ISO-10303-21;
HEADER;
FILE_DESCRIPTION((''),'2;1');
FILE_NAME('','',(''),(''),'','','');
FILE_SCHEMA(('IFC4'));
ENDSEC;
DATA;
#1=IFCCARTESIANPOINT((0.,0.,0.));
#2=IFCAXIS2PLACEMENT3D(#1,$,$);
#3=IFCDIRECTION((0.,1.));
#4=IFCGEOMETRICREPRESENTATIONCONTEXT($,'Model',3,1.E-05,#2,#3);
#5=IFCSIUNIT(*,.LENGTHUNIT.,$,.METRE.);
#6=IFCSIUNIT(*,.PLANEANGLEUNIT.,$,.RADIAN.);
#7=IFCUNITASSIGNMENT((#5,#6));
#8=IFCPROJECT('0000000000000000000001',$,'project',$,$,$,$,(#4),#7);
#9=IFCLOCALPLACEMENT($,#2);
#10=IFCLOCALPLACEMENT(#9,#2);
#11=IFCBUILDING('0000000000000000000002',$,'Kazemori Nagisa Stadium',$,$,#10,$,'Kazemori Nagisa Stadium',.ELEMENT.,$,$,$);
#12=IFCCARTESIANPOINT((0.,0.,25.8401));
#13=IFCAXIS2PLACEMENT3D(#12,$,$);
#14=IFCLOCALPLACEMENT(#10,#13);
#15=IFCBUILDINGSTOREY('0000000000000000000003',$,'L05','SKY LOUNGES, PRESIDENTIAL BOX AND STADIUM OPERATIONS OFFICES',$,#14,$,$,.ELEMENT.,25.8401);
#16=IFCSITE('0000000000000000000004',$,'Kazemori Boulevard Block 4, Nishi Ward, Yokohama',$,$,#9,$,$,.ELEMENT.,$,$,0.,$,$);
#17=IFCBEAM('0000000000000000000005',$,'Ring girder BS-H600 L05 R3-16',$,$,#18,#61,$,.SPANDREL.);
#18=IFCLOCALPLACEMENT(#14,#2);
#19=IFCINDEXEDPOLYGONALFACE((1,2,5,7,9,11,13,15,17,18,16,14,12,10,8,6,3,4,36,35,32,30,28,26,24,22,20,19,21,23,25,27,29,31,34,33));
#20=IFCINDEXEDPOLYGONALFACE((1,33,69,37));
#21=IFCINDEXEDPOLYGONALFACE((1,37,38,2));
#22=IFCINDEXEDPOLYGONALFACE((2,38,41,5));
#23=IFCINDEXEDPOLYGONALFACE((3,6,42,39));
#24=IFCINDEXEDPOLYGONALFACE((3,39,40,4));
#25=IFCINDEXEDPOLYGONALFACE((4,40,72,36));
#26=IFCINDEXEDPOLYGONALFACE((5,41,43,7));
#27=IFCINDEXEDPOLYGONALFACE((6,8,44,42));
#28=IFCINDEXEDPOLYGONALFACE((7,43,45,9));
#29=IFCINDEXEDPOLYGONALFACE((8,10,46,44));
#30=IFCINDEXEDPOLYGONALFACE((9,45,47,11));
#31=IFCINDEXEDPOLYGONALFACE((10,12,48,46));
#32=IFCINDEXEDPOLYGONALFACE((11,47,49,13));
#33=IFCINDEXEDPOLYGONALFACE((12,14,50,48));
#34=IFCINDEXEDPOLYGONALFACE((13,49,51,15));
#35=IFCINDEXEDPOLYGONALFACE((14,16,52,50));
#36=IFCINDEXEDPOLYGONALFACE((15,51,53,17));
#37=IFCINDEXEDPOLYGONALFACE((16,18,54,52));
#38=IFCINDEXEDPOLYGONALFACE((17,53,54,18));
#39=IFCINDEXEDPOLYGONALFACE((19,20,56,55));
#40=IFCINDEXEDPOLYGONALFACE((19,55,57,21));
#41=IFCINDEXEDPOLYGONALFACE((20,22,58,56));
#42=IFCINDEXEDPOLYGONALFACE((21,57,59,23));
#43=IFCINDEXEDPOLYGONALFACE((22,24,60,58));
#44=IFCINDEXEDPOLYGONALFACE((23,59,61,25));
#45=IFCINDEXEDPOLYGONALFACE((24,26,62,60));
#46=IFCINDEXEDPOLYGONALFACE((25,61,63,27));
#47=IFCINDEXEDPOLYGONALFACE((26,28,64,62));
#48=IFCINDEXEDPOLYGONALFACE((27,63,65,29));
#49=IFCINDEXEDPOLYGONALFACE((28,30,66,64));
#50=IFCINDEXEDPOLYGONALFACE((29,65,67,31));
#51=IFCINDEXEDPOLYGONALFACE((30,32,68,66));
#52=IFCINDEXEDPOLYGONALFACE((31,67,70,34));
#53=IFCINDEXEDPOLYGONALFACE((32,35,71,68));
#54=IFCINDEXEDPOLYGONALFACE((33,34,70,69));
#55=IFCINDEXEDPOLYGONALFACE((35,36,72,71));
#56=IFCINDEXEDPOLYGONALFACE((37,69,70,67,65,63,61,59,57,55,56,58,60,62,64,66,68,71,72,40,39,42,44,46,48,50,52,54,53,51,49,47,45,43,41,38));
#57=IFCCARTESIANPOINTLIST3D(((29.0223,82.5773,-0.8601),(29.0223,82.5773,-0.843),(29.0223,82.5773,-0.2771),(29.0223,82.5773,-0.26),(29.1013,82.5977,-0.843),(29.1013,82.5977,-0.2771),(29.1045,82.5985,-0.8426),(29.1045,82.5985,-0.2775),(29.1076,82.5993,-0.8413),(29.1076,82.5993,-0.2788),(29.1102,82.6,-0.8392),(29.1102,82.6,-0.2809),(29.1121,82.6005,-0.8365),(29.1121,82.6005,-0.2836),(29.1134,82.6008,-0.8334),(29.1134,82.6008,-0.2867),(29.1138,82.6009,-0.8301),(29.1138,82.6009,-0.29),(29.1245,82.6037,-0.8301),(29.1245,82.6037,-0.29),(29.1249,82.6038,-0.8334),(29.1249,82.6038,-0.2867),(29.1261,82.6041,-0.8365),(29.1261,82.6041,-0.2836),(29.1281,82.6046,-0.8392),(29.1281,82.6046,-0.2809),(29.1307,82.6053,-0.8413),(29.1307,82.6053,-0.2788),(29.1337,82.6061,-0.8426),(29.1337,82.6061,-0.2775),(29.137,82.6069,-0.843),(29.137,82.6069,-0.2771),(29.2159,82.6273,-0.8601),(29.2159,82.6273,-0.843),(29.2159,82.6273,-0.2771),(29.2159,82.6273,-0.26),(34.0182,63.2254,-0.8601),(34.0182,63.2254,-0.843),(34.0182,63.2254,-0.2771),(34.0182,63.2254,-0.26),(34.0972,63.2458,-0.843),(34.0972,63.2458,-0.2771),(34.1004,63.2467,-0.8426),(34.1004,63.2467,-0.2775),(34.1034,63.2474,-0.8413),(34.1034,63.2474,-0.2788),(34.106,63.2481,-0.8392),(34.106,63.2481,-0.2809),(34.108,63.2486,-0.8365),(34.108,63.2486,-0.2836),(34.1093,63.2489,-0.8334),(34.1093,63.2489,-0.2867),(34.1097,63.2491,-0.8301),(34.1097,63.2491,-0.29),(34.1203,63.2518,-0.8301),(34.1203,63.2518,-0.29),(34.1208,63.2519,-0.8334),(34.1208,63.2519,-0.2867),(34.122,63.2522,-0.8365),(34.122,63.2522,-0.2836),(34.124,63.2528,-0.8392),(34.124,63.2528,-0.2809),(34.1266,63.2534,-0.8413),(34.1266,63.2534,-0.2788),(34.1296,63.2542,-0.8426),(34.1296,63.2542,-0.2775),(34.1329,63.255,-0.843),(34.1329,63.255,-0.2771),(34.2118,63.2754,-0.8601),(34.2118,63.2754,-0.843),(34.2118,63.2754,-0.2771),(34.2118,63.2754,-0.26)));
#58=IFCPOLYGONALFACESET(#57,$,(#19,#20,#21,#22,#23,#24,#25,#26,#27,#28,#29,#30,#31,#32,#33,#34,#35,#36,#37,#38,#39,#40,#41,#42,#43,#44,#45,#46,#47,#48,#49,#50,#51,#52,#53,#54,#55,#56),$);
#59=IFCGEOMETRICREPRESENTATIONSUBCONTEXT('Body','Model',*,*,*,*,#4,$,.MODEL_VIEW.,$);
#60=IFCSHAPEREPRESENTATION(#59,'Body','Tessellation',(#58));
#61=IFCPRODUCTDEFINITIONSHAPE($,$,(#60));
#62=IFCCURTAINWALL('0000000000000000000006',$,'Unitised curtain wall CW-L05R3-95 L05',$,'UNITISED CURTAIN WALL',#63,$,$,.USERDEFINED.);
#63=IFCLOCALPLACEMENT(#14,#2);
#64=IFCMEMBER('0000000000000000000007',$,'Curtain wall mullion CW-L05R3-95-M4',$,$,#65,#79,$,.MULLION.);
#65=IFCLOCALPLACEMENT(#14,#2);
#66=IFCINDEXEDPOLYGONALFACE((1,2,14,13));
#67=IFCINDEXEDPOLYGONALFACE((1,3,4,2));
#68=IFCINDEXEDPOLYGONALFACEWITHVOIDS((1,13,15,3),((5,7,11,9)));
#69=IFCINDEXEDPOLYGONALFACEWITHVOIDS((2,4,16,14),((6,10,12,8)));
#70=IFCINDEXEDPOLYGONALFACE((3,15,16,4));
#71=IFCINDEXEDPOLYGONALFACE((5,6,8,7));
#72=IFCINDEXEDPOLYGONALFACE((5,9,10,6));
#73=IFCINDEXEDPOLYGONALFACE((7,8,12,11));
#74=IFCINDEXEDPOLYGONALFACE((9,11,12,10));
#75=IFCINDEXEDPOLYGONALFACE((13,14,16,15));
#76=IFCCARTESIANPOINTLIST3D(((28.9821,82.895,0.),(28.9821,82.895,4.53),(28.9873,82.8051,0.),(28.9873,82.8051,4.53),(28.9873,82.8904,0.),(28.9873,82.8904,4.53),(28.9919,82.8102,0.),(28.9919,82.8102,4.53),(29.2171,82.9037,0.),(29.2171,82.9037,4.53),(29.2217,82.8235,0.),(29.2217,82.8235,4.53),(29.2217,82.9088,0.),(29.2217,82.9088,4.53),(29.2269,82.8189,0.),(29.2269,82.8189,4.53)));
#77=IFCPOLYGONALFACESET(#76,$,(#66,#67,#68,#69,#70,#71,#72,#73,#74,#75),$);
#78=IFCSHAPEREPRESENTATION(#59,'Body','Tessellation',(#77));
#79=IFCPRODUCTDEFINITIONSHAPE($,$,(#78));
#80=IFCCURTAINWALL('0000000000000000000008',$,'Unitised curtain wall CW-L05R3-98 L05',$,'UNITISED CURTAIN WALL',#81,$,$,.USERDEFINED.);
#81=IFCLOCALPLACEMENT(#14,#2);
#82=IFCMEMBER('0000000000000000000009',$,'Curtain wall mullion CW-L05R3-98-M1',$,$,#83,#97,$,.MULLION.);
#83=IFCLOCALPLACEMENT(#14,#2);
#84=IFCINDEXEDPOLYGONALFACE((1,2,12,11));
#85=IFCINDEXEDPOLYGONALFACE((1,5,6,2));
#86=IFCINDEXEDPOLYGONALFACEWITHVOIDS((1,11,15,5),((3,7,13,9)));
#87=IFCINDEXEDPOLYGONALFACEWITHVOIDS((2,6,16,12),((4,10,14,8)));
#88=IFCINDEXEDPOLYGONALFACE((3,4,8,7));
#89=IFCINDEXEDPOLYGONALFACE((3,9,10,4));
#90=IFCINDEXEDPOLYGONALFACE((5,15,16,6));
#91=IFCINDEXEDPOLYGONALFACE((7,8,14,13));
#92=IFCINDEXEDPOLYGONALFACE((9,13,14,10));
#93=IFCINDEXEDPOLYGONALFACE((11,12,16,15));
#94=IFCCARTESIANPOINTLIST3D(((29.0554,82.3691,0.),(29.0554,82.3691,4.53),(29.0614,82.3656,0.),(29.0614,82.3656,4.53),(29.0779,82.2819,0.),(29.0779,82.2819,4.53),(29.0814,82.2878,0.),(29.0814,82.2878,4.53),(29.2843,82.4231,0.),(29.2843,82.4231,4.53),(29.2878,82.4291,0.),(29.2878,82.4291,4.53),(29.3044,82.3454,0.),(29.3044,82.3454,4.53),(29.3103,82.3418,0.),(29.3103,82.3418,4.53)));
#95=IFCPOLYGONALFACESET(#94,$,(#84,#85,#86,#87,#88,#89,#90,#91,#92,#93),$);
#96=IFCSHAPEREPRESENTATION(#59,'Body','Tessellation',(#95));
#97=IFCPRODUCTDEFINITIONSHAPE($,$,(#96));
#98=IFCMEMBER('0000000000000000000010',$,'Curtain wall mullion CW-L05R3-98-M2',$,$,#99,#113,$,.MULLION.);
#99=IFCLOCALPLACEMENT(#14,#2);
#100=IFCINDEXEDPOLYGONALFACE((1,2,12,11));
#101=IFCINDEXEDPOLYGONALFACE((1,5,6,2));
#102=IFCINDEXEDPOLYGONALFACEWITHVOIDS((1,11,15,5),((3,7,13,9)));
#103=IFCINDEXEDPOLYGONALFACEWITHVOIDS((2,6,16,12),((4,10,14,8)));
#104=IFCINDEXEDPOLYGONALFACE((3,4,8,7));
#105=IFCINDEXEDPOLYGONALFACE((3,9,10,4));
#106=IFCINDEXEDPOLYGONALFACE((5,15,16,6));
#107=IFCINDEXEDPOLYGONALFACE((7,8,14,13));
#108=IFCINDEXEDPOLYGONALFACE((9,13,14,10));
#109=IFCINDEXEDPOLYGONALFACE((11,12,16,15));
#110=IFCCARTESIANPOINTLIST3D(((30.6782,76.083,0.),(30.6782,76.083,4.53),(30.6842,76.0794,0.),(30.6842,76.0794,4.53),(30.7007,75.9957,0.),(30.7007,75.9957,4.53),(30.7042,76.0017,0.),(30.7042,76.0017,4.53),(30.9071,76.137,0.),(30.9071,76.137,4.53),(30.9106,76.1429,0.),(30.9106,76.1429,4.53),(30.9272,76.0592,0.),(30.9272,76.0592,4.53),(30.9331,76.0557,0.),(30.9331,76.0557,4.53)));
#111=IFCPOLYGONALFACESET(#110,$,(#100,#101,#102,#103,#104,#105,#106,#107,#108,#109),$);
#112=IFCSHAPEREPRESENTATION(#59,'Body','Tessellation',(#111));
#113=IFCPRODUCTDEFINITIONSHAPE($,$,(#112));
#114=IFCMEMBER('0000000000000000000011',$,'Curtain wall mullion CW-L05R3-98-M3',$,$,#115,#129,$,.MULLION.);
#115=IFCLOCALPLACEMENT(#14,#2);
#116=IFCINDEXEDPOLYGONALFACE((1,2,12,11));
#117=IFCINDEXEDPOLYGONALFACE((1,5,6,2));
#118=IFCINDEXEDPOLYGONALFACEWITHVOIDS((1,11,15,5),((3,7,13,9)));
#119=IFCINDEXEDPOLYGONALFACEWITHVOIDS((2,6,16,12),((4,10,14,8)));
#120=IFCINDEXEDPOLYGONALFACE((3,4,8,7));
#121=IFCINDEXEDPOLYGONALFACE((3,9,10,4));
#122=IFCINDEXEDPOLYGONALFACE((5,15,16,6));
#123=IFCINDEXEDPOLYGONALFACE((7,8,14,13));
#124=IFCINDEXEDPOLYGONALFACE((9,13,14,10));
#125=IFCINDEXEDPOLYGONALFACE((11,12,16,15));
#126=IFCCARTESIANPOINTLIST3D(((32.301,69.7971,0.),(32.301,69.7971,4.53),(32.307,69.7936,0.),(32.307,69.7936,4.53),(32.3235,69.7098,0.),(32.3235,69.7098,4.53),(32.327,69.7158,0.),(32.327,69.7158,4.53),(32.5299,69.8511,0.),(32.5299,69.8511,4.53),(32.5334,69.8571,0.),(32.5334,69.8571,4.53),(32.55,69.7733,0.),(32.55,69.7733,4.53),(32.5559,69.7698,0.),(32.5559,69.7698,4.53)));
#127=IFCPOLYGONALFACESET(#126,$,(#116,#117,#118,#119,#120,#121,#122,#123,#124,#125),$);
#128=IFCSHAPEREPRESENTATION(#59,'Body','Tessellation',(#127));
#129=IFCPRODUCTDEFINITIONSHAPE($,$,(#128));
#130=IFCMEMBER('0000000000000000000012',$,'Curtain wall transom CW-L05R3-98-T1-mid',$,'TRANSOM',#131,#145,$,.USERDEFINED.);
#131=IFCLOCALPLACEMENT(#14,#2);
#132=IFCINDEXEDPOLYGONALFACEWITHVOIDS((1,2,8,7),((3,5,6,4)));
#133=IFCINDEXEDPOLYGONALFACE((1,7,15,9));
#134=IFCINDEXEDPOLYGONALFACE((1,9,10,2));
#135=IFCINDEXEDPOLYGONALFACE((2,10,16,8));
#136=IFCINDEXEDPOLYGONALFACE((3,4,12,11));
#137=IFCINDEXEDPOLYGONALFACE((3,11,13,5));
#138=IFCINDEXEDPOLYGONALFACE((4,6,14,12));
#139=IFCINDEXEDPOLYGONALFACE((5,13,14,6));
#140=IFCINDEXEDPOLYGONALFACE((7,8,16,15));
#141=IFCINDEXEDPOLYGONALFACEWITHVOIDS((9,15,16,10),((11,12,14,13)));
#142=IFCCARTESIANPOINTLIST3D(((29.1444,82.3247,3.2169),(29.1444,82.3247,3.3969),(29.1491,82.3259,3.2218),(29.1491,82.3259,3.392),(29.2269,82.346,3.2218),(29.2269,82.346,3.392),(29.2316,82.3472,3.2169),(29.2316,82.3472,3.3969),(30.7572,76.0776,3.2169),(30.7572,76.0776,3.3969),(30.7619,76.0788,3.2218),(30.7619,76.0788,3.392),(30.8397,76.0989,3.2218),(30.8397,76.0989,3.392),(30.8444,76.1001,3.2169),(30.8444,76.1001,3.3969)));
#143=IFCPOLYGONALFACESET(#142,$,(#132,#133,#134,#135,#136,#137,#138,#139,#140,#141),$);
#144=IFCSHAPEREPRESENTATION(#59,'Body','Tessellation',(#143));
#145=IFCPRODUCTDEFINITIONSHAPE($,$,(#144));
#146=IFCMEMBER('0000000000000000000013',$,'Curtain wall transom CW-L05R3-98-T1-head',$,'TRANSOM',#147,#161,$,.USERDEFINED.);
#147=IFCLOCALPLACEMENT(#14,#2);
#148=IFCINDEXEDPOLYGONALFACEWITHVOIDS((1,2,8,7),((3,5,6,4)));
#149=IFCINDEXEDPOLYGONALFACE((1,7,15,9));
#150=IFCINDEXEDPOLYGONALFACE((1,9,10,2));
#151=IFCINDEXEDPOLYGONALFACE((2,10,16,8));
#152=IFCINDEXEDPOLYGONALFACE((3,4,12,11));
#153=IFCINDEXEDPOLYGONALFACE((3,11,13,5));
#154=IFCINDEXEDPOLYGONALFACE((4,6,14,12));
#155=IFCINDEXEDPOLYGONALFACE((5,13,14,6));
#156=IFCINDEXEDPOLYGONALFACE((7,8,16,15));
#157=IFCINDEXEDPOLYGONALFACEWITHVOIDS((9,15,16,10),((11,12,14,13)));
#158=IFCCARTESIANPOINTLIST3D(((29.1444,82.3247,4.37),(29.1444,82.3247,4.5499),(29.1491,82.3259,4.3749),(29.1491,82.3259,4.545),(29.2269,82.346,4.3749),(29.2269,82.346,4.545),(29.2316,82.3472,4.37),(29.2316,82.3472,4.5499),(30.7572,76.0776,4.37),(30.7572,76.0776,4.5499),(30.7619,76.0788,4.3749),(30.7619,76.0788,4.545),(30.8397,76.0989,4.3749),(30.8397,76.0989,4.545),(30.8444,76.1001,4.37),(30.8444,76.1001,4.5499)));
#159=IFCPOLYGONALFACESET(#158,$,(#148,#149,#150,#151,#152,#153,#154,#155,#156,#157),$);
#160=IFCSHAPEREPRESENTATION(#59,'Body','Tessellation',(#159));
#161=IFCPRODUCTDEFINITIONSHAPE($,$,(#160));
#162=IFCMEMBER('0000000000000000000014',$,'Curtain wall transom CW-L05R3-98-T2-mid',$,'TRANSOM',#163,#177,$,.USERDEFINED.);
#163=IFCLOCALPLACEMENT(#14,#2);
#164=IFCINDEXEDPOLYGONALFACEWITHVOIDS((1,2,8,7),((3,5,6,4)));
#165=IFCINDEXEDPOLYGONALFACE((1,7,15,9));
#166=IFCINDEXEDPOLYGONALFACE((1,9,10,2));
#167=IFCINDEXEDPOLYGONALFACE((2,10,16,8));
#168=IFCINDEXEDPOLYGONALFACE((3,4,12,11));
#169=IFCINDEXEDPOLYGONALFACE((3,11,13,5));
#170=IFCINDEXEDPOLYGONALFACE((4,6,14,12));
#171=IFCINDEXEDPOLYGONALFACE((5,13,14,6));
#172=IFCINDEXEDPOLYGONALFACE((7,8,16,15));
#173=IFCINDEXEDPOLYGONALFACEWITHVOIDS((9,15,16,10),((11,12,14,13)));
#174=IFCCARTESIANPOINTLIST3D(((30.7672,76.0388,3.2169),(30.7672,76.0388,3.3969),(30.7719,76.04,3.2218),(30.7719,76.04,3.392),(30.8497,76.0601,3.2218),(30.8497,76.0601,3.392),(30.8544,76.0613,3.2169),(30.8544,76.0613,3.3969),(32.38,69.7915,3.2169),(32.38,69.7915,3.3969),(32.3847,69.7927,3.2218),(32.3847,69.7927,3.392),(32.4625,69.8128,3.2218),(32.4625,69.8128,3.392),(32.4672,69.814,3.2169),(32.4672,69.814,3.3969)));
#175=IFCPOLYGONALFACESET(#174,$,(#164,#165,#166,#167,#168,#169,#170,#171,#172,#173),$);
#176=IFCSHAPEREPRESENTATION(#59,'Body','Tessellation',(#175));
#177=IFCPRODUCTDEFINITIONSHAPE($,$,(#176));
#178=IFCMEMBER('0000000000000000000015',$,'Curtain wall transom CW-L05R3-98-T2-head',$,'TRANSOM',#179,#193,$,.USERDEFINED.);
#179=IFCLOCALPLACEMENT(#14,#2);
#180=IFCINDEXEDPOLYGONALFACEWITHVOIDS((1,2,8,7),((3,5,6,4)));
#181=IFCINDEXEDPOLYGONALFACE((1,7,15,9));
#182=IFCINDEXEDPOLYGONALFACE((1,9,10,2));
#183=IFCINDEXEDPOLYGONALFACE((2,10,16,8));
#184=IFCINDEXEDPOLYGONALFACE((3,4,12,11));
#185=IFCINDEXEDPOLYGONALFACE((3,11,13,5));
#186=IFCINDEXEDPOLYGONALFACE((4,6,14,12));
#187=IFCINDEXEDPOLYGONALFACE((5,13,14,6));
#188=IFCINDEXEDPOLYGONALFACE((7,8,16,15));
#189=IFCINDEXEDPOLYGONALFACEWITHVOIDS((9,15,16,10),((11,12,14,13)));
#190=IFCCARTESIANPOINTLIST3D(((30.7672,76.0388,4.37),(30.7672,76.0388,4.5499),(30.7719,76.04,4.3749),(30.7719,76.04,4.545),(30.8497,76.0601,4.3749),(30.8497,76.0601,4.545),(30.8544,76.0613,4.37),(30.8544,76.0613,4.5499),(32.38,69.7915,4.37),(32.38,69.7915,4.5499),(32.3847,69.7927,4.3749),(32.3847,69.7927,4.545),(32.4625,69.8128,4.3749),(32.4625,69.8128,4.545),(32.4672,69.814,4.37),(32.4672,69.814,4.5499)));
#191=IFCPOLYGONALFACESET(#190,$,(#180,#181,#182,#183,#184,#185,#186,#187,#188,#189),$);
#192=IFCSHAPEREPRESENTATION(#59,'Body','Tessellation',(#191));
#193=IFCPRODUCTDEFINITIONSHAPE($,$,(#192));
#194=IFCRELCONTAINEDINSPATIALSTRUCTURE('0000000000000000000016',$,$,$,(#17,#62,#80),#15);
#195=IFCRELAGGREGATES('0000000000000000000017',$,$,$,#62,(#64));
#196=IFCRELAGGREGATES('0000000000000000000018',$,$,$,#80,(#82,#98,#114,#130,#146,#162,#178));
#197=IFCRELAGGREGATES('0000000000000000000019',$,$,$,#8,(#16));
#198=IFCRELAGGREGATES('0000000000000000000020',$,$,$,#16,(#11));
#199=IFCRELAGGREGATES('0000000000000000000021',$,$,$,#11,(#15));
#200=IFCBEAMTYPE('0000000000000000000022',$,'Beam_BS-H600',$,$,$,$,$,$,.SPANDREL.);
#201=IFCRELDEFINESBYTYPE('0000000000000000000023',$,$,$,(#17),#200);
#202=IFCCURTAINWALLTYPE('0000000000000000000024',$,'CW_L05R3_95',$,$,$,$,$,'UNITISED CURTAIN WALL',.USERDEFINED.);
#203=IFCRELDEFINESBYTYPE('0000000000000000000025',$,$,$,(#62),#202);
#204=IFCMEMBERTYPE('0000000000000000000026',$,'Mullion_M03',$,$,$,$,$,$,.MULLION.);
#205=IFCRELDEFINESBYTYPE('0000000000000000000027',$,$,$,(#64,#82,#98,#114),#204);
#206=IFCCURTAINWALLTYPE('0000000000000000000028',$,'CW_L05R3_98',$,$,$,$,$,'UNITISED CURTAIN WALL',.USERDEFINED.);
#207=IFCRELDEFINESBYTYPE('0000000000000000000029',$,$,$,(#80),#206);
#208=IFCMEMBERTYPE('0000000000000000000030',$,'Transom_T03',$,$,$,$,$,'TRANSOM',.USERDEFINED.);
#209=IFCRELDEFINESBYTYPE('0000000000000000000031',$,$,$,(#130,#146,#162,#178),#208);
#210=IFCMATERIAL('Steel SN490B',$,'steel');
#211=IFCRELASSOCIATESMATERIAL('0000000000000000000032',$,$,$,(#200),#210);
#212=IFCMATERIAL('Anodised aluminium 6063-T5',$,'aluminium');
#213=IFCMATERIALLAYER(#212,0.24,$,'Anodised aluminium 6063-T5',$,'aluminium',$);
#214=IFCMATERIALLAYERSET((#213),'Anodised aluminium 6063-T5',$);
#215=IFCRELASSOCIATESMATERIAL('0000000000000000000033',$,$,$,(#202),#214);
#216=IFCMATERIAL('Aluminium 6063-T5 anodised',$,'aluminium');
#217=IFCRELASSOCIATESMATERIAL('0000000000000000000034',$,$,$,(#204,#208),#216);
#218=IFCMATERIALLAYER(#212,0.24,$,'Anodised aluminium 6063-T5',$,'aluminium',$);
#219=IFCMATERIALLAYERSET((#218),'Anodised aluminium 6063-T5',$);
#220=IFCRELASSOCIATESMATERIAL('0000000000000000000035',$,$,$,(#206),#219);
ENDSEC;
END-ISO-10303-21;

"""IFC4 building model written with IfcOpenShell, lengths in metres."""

from ifc_helpers import new_model, si_unit, direction, frame, origin, origin_2d, place, context, subcontext, project, spatial, hollow_rectangle, i_section, extrude, material, layer, layer_set, material_profile, profile_set, type_object, element, aggregate, save


model = new_model("IFC4")

# Units and contexts
model_context = context("Model", 3, precision=1e-05, world=origin(), true_north=direction((0.0, 1.0)))
body_context = subcontext(model_context, "Body", "Model", "MODEL_VIEW")
ifc_project = project(units=[si_unit("LENGTHUNIT", "METRE"), si_unit("PLANEANGLEUNIT", "RADIAN")], contexts=[model_context])

# Site, building, storey
site_placement = place(None, origin())
site = spatial("IfcSite", under=ifc_project, at=site_placement, Name="Kazemori Boulevard Block 4, Nishi Ward, Yokohama", CompositionType="ELEMENT", RefElevation=0.0)
building_placement = place(site_placement, origin())
building = spatial("IfcBuilding", under=site, at=building_placement, Name="Kazemori Nagisa Stadium", LongName="Kazemori Nagisa Stadium", CompositionType="ELEMENT")
storey_placement = place(building_placement, frame((0.0, 0.0, 25.8401)))
storey = spatial("IfcBuildingStorey", under=building, at=storey_placement, Name="L05", Description="SKY LOUNGES, PRESIDENTIAL BOX AND STADIUM OPERATIONS OFFICES", CompositionType="ELEMENT", Elevation=25.8401)

# Beam
ifc_material_1 = material(Name="Steel SN490B", Category="steel")
ifc_material_profile_1 = material_profile(ifc_material_1, i_section(OverallWidth=0.2, OverallDepth=0.6001, WebThickness=0.011, FlangeThickness=0.0171, FilletRadius=0.0129, at=origin_2d()), Name="H-600x200x11x17")
ifc_profile_set_1 = profile_set([ifc_material_profile_1], Name="Steel SN490B")
beam_type_1 = type_object("IfcBeamType", Name="Beam_BS-H600", PredefinedType="SPANDREL", material=ifc_profile_set_1)
beam_1_placement = place(storey_placement, frame((29.1191, 82.6023, -0.5601), z_axis=(0.249964, -0.968255, 0.0), x_axis=(0.968255, 0.249964, 0.0)))
element("IfcBeam", 1, at=beam_1_placement, inside=storey, type_object=beam_type_1, Name="Ring girder BS-H600 L05 R3-16", PredefinedType="SPANDREL", context=body_context, shape_type="SweptSolid", body=[
    extrude(i_section(OverallWidth=0.2, OverallDepth=0.6001, WebThickness=0.011, FlangeThickness=0.0171, FilletRadius=0.0129, at=origin_2d()), origin(), (0.0, 0.0, 1.0), 19.9863),
])

# Curtain wall, member
ifc_material_2 = material(Name="Anodised aluminium 6063-T5", Category="aluminium")
ifc_layer_1 = layer(ifc_material_2, 0.24, Name="Anodised aluminium 6063-T5", Category="aluminium")
ifc_layer_set_1 = layer_set([ifc_layer_1], Name="Anodised aluminium 6063-T5")
curtain_wall_type_1 = type_object("IfcCurtainWallType", Name="CW_L05R3_95", ElementType="UNITISED CURTAIN WALL", PredefinedType="USERDEFINED", material=ifc_layer_set_1)
curtain_wall_1_placement = place(storey_placement, origin())
curtain_wall_1 = element("IfcCurtainWall", 2, at=curtain_wall_1_placement, inside=storey, type_object=curtain_wall_type_1, Name="Unitised curtain wall CW-L05R3-95 L05", ObjectType="UNITISED CURTAIN WALL", PredefinedType="USERDEFINED")
ifc_material_3 = material(Name="Aluminium 6063-T5 anodised", Category="aluminium")
ifc_material_profile_2 = material_profile(ifc_material_3, hollow_rectangle(XDim=0.0901, YDim=0.24, WallThickness=0.0049, at=origin_2d()), Name="ALU-MULL-90x240x5")
ifc_profile_set_2 = profile_set([ifc_material_profile_2], Name="Aluminium 6063-T5 anodised")
member_type_1 = type_object("IfcMemberType", Name="Mullion_M03", PredefinedType="MULLION", material=ifc_profile_set_2)
member_1_placement = place(storey_placement, frame((29.1045, 82.8569, 0.0), z_axis=(0.0, 0.0, 1.0), x_axis=(0.057602, -0.99834, 0.0)))
member_1 = element("IfcMember", 3, at=member_1_placement, type_object=member_type_1, Name="Curtain wall mullion CW-L05R3-95-M4", PredefinedType="MULLION", context=body_context, shape_type="SweptSolid", body=[
    extrude(hollow_rectangle(XDim=0.0901, YDim=0.24, WallThickness=0.0049, at=origin_2d()), origin(), (0.0, 0.0, 1.0), 4.53),
])
aggregate(curtain_wall_1, [member_1])

# Curtain wall, members
ifc_layer_2 = layer(ifc_material_2, 0.24, Name="Anodised aluminium 6063-T5", Category="aluminium")
ifc_layer_set_2 = layer_set([ifc_layer_2], Name="Anodised aluminium 6063-T5")
curtain_wall_type_2 = type_object("IfcCurtainWallType", Name="CW_L05R3_98", ElementType="UNITISED CURTAIN WALL", PredefinedType="USERDEFINED", material=ifc_layer_set_2)
curtain_wall_2_placement = place(storey_placement, origin())
curtain_wall_2 = element("IfcCurtainWall", 4, at=curtain_wall_2_placement, inside=storey, type_object=curtain_wall_type_2, Name="Unitised curtain wall CW-L05R3-98 L05", ObjectType="UNITISED CURTAIN WALL", PredefinedType="USERDEFINED")
member_2_placement = place(storey_placement, frame((29.1829, 82.3555, 0.0), z_axis=(0.0, 0.0, 1.0), x_axis=(0.249965, -0.968255, 0.0)))
member_2 = element("IfcMember", 5, at=member_2_placement, type_object=member_type_1, Name="Curtain wall mullion CW-L05R3-98-M1", PredefinedType="MULLION", context=body_context, shape_type="SweptSolid", body=[
    extrude(hollow_rectangle(XDim=0.0901, YDim=0.24, WallThickness=0.0049, at=origin_2d()), origin(), (0.0, 0.0, 1.0), 4.53),
])
member_3_placement = place(storey_placement, frame((30.8057, 76.0693, 0.0), z_axis=(0.0, 0.0, 1.0), x_axis=(0.249965, -0.968255, 0.0)))
member_3 = element("IfcMember", 6, at=member_3_placement, type_object=member_type_1, Name="Curtain wall mullion CW-L05R3-98-M2", PredefinedType="MULLION", context=body_context, shape_type="SweptSolid", body=[
    extrude(hollow_rectangle(XDim=0.0901, YDim=0.24, WallThickness=0.0049, at=origin_2d()), origin(), (0.0, 0.0, 1.0), 4.53),
])
member_4_placement = place(storey_placement, frame((32.4285, 69.7834, 0.0), z_axis=(0.0, 0.0, 1.0), x_axis=(0.249965, -0.968255, 0.0)))
member_4 = element("IfcMember", 7, at=member_4_placement, type_object=member_type_1, Name="Curtain wall mullion CW-L05R3-98-M3", PredefinedType="MULLION", context=body_context, shape_type="SweptSolid", body=[
    extrude(hollow_rectangle(XDim=0.0901, YDim=0.24, WallThickness=0.0049, at=origin_2d()), origin(), (0.0, 0.0, 1.0), 4.53),
])
ifc_material_profile_3 = material_profile(ifc_material_3, hollow_rectangle(XDim=0.0901, YDim=0.1799, WallThickness=0.0049, at=origin_2d()), Name="ALU-TRAN-90x180x5")
ifc_profile_set_3 = profile_set([ifc_material_profile_3], Name="Aluminium 6063-T5 anodised")
member_type_2 = type_object("IfcMemberType", Name="Transom_T03", ElementType="TRANSOM", PredefinedType="USERDEFINED", material=ifc_profile_set_3)
member_5_placement = place(storey_placement, frame((29.188, 82.3359, 3.3069), z_axis=(0.249972, -0.968253, 0.0), x_axis=(0.968253, 0.249972, 0.0)))
member_5 = element("IfcMember", 8, at=member_5_placement, type_object=member_type_2, Name="Curtain wall transom CW-L05R3-98-T1-mid", ObjectType="TRANSOM", PredefinedType="USERDEFINED", context=body_context, shape_type="SweptSolid", body=[
    extrude(hollow_rectangle(XDim=0.0901, YDim=0.1799, WallThickness=0.0049, at=origin_2d()), origin(), (0.0, 0.0, 1.0), 6.4519),
])
member_6_placement = place(storey_placement, frame((29.188, 82.3359, 4.46), z_axis=(0.249972, -0.968253, 0.0), x_axis=(0.968253, 0.249972, 0.0)))
member_6 = element("IfcMember", 9, at=member_6_placement, type_object=member_type_2, Name="Curtain wall transom CW-L05R3-98-T1-head", ObjectType="TRANSOM", PredefinedType="USERDEFINED", context=body_context, shape_type="SweptSolid", body=[
    extrude(hollow_rectangle(XDim=0.0901, YDim=0.1799, WallThickness=0.0049, at=origin_2d()), origin(), (0.0, 0.0, 1.0), 6.4519),
])
member_7_placement = place(storey_placement, frame((30.8108, 76.05, 3.3069), z_axis=(0.249963, -0.968255, 0.0), x_axis=(0.968255, 0.249963, 0.0)))
member_7 = element("IfcMember", 10, at=member_7_placement, type_object=member_type_2, Name="Curtain wall transom CW-L05R3-98-T2-mid", ObjectType="TRANSOM", PredefinedType="USERDEFINED", context=body_context, shape_type="SweptSolid", body=[
    extrude(hollow_rectangle(XDim=0.0901, YDim=0.1799, WallThickness=0.0049, at=origin_2d()), origin(), (0.0, 0.0, 1.0), 6.4521),
])
member_8_placement = place(storey_placement, frame((30.8108, 76.05, 4.46), z_axis=(0.249963, -0.968255, 0.0), x_axis=(0.968255, 0.249963, 0.0)))
member_8 = element("IfcMember", 11, at=member_8_placement, type_object=member_type_2, Name="Curtain wall transom CW-L05R3-98-T2-head", ObjectType="TRANSOM", PredefinedType="USERDEFINED", context=body_context, shape_type="SweptSolid", body=[
    extrude(hollow_rectangle(XDim=0.0901, YDim=0.1799, WallThickness=0.0049, at=origin_2d()), origin(), (0.0, 0.0, 1.0), 6.4521),
])
aggregate(curtain_wall_2, [member_2, member_3, member_4, member_5, member_6, member_7, member_8])

save(model, "model.ifc")
